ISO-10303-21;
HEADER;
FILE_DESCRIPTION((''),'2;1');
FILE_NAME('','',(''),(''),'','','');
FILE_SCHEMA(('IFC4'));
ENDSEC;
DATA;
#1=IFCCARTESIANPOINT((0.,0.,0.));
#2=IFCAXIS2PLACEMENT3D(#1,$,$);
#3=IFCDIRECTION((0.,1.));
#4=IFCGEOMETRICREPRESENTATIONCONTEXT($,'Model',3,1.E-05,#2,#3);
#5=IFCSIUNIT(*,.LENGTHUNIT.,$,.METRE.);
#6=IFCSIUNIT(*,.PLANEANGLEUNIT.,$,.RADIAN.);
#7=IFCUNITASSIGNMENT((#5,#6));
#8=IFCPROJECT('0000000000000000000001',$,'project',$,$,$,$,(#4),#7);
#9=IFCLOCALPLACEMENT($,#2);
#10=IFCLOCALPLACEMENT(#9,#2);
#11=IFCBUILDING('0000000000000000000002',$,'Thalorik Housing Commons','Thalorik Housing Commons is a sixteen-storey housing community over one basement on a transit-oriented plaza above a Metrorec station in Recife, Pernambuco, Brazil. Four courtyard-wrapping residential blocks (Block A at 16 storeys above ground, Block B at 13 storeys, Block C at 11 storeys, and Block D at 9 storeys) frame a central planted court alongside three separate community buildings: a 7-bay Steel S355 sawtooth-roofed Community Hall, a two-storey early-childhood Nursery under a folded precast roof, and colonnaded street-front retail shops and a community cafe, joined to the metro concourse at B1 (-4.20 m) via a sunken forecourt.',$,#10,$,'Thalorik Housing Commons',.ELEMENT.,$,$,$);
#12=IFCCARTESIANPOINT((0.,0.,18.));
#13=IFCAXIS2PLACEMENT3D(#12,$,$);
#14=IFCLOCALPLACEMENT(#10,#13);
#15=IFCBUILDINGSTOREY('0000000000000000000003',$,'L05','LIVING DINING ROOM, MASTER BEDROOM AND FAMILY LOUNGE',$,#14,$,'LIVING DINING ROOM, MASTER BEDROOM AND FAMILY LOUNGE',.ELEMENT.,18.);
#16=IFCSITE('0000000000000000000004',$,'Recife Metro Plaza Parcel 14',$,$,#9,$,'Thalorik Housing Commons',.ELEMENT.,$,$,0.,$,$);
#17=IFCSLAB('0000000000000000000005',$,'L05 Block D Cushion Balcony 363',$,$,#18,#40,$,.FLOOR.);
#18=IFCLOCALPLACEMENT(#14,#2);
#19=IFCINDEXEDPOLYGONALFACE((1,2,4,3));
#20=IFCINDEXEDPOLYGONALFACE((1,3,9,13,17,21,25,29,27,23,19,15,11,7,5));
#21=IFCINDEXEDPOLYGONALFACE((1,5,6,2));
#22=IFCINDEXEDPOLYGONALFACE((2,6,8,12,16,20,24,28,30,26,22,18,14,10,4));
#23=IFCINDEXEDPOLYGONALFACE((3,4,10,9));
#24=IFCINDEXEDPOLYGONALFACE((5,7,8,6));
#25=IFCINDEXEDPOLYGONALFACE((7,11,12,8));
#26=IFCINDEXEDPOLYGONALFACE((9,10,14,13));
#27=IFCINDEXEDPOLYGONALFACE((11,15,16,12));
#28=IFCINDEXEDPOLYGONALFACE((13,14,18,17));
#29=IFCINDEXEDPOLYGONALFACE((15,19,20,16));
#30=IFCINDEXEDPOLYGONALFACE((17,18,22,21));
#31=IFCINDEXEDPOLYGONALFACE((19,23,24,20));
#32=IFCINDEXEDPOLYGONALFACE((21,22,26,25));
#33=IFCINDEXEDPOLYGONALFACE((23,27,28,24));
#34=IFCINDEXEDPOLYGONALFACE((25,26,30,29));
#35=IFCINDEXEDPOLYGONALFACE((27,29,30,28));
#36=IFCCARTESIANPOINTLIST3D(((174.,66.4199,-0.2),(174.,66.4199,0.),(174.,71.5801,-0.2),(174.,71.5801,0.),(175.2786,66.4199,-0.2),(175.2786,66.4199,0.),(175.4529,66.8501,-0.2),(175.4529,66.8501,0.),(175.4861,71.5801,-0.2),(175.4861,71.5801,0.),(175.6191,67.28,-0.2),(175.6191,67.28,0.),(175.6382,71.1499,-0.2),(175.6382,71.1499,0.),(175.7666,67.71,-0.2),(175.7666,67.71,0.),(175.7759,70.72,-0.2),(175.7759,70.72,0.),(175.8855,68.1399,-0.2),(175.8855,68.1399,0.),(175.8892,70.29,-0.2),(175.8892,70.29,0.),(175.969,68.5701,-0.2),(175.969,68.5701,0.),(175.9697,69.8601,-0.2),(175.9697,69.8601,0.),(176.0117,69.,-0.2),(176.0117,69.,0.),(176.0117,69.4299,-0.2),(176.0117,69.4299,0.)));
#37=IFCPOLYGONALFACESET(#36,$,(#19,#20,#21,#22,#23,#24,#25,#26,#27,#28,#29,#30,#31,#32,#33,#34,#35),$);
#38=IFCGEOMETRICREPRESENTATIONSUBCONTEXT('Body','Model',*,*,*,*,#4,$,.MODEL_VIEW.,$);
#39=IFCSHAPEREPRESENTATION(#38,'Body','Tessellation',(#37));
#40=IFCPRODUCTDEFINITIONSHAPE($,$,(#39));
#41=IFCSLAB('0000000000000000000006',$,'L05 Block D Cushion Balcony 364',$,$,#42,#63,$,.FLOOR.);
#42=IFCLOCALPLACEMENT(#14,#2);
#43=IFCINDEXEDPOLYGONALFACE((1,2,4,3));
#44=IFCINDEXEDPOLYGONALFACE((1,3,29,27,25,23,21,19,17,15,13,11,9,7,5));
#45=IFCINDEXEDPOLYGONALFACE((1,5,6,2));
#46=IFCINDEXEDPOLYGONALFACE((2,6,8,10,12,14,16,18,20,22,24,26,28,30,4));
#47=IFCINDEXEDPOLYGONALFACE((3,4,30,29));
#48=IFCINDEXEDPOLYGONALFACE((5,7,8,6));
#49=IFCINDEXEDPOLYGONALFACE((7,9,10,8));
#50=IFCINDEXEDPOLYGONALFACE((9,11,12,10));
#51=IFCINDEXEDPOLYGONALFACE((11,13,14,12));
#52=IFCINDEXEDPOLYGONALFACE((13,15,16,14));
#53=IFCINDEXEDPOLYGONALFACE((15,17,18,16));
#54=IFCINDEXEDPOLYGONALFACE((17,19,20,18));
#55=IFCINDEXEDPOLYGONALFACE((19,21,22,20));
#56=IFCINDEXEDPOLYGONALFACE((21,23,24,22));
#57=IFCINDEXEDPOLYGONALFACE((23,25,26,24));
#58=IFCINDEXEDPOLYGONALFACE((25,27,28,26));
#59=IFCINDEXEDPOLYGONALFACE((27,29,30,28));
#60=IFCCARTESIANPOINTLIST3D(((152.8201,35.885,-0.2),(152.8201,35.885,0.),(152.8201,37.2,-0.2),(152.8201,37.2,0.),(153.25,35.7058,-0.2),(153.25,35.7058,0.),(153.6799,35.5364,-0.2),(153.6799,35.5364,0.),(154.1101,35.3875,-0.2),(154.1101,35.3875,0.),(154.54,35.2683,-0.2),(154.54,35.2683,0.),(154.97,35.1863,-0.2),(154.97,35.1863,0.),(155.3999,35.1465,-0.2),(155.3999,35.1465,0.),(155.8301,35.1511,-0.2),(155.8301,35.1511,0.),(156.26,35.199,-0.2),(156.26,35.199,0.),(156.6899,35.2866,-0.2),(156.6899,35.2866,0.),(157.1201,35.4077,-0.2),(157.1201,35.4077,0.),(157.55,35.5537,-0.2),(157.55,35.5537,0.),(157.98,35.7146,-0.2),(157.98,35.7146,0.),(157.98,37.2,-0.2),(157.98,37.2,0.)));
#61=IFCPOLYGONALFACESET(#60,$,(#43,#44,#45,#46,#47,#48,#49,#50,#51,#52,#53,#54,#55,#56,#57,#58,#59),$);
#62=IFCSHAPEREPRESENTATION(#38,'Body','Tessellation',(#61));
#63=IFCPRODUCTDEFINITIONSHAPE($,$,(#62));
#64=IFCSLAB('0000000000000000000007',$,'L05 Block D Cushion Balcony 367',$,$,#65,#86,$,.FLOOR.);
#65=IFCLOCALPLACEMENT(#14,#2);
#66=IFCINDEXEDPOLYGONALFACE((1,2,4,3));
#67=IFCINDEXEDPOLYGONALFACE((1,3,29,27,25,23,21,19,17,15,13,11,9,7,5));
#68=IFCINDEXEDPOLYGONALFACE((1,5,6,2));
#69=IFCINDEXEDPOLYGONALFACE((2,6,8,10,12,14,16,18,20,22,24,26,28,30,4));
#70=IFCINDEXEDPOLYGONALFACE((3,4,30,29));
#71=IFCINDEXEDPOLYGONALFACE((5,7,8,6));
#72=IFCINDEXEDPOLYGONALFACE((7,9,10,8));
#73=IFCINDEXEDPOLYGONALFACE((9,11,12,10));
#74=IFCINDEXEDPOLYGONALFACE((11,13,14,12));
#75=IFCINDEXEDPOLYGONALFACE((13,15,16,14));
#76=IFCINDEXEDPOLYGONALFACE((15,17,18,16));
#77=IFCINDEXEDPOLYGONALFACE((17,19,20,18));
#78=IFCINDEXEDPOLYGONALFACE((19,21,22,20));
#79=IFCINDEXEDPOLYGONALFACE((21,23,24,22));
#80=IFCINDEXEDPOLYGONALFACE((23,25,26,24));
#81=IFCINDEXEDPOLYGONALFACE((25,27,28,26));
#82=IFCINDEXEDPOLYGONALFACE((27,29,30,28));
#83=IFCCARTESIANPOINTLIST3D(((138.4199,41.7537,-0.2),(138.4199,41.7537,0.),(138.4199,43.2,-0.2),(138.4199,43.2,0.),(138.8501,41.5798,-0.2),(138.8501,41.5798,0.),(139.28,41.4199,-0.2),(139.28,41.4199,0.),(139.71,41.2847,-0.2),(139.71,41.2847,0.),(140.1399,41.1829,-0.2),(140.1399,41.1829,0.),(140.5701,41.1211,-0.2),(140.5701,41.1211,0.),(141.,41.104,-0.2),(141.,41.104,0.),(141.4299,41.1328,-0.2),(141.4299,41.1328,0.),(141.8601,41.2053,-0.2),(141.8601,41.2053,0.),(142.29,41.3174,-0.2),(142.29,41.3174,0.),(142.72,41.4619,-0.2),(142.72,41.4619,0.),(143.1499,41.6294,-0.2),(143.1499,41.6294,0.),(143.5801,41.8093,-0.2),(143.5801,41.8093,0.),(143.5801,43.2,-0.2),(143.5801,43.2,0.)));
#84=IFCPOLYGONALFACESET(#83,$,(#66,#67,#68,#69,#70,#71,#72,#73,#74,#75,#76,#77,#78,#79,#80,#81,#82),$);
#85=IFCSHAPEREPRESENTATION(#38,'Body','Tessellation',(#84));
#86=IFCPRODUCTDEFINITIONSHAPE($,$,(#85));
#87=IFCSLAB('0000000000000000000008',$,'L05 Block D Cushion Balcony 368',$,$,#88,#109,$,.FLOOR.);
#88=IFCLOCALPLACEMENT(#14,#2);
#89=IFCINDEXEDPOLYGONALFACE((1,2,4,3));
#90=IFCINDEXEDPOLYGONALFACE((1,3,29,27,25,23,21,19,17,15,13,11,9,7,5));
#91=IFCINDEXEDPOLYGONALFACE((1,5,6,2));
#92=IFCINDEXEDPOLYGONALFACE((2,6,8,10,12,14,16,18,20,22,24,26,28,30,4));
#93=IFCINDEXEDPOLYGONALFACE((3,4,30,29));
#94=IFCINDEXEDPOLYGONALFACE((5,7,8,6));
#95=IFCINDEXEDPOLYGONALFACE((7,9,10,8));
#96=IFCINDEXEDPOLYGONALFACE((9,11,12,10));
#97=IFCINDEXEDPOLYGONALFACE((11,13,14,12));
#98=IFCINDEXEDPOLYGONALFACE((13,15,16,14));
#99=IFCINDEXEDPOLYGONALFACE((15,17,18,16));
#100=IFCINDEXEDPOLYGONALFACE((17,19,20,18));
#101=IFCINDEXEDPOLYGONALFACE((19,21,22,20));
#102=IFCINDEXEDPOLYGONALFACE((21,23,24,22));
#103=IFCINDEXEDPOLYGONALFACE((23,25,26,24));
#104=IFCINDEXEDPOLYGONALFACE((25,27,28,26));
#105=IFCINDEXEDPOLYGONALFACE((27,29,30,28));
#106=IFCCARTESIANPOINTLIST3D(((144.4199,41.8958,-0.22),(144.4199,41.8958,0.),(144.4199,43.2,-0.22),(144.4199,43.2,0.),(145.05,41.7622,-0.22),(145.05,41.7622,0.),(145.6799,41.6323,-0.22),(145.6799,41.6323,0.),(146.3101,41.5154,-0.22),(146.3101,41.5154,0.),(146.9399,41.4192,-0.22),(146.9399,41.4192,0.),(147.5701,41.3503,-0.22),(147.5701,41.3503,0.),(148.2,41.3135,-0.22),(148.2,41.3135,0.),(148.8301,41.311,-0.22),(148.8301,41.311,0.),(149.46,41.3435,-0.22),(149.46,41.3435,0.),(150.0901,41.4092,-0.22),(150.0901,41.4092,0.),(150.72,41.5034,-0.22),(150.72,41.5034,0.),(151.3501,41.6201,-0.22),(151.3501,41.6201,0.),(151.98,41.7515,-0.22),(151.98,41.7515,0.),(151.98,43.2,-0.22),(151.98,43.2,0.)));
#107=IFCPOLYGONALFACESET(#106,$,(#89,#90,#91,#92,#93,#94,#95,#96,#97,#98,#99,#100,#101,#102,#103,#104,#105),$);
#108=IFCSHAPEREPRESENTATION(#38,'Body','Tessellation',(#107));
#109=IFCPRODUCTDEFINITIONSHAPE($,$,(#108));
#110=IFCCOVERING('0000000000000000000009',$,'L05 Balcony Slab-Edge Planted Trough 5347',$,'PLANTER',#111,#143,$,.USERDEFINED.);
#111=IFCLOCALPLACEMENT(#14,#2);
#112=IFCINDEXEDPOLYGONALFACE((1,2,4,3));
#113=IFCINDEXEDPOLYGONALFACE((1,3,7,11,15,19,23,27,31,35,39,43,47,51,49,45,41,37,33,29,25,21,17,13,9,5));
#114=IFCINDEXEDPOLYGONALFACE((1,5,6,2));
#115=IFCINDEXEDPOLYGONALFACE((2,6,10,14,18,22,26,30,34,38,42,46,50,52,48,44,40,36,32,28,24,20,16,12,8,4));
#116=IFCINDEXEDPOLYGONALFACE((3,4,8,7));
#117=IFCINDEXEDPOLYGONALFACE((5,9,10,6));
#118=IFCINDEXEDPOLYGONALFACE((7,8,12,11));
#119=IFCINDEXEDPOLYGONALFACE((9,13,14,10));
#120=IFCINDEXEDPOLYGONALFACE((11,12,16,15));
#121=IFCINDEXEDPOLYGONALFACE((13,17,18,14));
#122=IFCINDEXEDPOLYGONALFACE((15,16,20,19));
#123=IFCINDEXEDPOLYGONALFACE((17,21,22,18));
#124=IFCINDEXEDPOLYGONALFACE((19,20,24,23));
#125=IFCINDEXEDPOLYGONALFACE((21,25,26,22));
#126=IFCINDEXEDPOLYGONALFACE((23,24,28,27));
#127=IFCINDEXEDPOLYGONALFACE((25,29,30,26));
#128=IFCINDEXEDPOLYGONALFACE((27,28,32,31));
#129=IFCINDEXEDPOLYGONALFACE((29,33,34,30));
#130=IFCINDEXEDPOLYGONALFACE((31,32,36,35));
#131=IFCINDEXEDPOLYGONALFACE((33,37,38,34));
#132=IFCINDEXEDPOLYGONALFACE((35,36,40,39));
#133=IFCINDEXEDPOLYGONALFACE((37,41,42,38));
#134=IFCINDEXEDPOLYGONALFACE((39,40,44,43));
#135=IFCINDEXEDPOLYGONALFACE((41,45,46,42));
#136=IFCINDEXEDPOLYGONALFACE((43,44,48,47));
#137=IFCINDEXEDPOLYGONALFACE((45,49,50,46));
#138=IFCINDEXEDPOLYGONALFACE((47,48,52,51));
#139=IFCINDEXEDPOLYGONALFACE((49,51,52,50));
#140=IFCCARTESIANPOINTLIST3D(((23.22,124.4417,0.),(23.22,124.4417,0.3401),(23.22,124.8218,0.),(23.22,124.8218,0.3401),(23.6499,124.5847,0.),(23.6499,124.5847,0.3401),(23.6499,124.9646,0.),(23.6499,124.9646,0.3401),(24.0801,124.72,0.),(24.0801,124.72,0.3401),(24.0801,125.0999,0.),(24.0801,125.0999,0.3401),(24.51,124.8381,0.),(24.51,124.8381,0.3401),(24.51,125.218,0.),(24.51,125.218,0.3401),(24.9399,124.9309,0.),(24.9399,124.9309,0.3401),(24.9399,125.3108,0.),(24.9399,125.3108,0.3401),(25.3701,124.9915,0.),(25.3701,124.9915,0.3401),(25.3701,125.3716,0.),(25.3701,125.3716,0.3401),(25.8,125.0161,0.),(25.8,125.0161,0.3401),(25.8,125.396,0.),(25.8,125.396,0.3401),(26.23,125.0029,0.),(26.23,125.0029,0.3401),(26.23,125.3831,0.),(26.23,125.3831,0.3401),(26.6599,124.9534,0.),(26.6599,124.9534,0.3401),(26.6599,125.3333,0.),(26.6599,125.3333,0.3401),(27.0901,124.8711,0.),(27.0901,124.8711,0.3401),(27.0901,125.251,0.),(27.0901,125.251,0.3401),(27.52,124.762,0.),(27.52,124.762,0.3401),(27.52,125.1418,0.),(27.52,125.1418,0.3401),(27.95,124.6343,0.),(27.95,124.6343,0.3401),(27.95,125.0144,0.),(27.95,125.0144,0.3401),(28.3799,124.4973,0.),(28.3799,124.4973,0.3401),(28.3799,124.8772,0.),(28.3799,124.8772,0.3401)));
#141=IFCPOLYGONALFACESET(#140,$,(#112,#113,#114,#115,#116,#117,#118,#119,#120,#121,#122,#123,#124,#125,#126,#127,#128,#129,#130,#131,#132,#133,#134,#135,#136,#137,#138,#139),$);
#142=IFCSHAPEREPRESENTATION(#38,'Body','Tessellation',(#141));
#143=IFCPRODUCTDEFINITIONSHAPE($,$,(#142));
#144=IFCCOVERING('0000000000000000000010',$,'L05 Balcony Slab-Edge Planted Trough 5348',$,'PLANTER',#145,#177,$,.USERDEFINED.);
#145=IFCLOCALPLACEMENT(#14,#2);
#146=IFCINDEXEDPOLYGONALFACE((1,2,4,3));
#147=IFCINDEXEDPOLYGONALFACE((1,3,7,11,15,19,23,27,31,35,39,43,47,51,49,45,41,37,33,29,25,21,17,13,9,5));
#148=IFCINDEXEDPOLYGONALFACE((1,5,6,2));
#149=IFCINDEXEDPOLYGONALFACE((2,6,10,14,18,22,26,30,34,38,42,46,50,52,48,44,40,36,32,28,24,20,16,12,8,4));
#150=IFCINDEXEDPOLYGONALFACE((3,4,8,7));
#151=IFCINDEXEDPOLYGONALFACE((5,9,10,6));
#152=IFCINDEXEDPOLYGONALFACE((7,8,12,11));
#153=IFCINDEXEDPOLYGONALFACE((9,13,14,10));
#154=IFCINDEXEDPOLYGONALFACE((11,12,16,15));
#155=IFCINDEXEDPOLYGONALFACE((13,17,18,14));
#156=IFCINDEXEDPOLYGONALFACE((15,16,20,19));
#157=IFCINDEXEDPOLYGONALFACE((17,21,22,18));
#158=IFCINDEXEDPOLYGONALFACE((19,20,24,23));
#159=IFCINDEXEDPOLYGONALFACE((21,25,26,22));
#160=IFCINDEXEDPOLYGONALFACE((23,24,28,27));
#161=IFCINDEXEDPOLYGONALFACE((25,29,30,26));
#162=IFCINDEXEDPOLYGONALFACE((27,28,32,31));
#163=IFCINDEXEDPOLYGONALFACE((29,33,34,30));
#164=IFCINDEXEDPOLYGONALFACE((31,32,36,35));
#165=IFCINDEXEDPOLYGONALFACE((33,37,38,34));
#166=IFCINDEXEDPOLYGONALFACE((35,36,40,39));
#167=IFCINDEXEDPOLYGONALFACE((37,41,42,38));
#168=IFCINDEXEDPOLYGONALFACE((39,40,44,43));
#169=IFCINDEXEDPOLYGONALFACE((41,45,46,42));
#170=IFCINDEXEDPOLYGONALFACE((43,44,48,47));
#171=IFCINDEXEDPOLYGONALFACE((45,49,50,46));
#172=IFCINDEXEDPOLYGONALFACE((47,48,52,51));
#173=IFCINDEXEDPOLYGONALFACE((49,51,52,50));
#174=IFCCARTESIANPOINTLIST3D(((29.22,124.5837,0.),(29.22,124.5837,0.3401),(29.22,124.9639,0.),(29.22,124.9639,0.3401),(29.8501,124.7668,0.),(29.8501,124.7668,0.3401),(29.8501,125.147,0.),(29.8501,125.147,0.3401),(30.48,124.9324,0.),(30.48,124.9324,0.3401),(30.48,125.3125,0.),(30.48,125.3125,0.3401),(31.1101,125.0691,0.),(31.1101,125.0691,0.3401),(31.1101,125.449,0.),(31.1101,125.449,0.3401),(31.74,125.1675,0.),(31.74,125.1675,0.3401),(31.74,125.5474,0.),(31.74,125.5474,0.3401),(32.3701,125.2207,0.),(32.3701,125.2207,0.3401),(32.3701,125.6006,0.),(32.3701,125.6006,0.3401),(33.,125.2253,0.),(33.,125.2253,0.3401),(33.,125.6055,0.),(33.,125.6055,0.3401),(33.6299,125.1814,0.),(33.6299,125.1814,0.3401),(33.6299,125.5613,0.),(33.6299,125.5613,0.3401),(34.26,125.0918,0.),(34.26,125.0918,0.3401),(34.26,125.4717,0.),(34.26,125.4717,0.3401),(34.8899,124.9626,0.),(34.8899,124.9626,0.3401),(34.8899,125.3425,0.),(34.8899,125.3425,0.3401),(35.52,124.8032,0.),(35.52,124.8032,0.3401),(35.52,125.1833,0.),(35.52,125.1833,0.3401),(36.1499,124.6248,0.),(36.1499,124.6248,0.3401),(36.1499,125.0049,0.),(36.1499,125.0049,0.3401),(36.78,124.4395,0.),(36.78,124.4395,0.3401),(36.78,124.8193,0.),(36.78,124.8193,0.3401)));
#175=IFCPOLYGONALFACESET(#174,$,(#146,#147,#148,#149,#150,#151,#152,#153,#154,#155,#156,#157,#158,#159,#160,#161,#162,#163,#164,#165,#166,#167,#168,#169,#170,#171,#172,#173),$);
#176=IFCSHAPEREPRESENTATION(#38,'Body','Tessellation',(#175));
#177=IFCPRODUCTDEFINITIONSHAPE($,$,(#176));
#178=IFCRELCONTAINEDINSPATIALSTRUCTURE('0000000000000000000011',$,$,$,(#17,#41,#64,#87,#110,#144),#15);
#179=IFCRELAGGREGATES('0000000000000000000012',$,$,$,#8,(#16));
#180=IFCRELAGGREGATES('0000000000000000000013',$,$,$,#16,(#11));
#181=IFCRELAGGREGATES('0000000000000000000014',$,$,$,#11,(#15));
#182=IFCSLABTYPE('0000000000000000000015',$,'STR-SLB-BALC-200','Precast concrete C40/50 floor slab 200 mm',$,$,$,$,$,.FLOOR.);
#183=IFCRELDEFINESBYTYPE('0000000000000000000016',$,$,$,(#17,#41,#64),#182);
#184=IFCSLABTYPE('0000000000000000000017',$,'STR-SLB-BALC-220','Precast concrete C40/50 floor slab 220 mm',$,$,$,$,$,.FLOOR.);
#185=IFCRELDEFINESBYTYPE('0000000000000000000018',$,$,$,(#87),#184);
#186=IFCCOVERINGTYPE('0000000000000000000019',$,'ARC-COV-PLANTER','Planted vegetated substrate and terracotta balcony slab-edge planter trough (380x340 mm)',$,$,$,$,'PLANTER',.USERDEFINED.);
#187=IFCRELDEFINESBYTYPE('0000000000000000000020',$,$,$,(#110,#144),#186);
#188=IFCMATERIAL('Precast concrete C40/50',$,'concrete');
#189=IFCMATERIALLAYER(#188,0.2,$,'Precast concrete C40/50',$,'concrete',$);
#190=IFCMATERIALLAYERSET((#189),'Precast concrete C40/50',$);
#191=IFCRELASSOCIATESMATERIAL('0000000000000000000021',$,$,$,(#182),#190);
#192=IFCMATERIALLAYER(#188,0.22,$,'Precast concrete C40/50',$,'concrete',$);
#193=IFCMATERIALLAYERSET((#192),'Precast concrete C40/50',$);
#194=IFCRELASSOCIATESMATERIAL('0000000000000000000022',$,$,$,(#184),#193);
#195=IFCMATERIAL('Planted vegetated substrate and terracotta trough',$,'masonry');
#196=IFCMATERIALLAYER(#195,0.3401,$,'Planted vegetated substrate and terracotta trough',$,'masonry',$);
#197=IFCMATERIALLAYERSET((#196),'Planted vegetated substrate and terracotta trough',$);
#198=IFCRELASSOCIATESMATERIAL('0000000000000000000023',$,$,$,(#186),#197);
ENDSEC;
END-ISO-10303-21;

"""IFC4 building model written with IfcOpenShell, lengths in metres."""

from ifc_helpers import new_model, si_unit, direction, frame, origin, place, context, subcontext, project, spatial, polyline, outline, extrude, material, layer, layer_set, type_object, element, save


model = new_model("IFC4")

# Units and contexts
model_context = context("Model", 3, precision=1e-05, world=origin(), true_north=direction((0.0, 1.0)))
body_context = subcontext(model_context, "Body", "Model", "MODEL_VIEW")
ifc_project = project(units=[si_unit("LENGTHUNIT", "METRE"), si_unit("PLANEANGLEUNIT", "RADIAN")], contexts=[model_context])

# Site, building, storey
site_placement = place(None, origin())
site = spatial("IfcSite", under=ifc_project, at=site_placement, Name="Recife Metro Plaza Parcel 14", LongName="Thalorik Housing Commons", CompositionType="ELEMENT", RefElevation=0.0)
building_placement = place(site_placement, origin())
building = spatial("IfcBuilding", under=site, at=building_placement, Name="Thalorik Housing Commons", Description="Thalorik Housing Commons is a sixteen-storey housing community over one basement on a transit-oriented plaza above a Metrorec station in Recife, Pernambuco, Brazil. Four courtyard-wrapping residential blocks (Block A at 16 storeys above ground, Block B at 13 storeys, Block C at 11 storeys, and Block D at 9 storeys) frame a central planted court alongside three separate community buildings: a 7-bay Steel S355 sawtooth-roofed Community Hall, a two-storey early-childhood Nursery under a folded precast roof, and colonnaded street-front retail shops and a community cafe, joined to the metro concourse at B1 (-4.20 m) via a sunken forecourt.", LongName="Thalorik Housing Commons", CompositionType="ELEMENT")
storey_placement = place(building_placement, frame((0.0, 0.0, 18.0)))
storey = spatial("IfcBuildingStorey", under=building, at=storey_placement, Name="L05", Description="LIVING DINING ROOM, MASTER BEDROOM AND FAMILY LOUNGE", LongName="LIVING DINING ROOM, MASTER BEDROOM AND FAMILY LOUNGE", CompositionType="ELEMENT", Elevation=18.0)

# Slabs
ifc_material_1 = material(Name="Precast concrete C40/50", Category="concrete")
ifc_layer_1 = layer(ifc_material_1, 0.2, Name="Precast concrete C40/50", Category="concrete")
ifc_layer_set_1 = layer_set([ifc_layer_1], Name="Precast concrete C40/50")
slab_type_1 = type_object("IfcSlabType", Name="STR-SLB-BALC-200", Description="Precast concrete C40/50 floor slab 200 mm", PredefinedType="FLOOR", material=ifc_layer_set_1)
slab_1_placement = place(storey_placement, frame((0.0, 0.0, -0.2)))
element("IfcSlab", 1, at=slab_1_placement, inside=storey, type_object=slab_type_1, Name="L05 Block D Cushion Balcony 363", PredefinedType="FLOOR", context=body_context, shape_type="SweptSolid", body=[
    extrude(outline(polyline([(175.2786, 66.4199), (175.4529, 66.8501), (175.6191, 67.28), (175.7666, 67.71), (175.8855, 68.1399), (175.969, 68.5701), (176.0117, 69.0), (176.0117, 69.4299), (175.9697, 69.8601), (175.8892, 70.29), (175.7759, 70.72), (175.6382, 71.1499), (175.4861, 71.5801), (174.0, 71.5801), (174.0, 66.4199), (175.2786, 66.4199)])), origin(), (0.0, 0.0, 1.0), 0.2),
])
slab_2_placement = place(storey_placement, frame((0.0, 0.0, -0.2)))
element("IfcSlab", 2, at=slab_2_placement, inside=storey, type_object=slab_type_1, Name="L05 Block D Cushion Balcony 364", PredefinedType="FLOOR", context=body_context, shape_type="SweptSolid", body=[
    extrude(outline(polyline([(152.8201, 35.885), (153.25, 35.7058), (153.6799, 35.5364), (154.1101, 35.3875), (154.54, 35.2683), (154.97, 35.1863), (155.3999, 35.1465), (155.8301, 35.1511), (156.26, 35.199), (156.6899, 35.2866), (157.1201, 35.4077), (157.55, 35.5537), (157.98, 35.7146), (157.98, 37.2), (152.8201, 37.2), (152.8201, 35.885)])), origin(), (0.0, 0.0, 1.0), 0.2),
])
slab_3_placement = place(storey_placement, frame((0.0, 0.0, -0.2)))
element("IfcSlab", 3, at=slab_3_placement, inside=storey, type_object=slab_type_1, Name="L05 Block D Cushion Balcony 367", PredefinedType="FLOOR", context=body_context, shape_type="SweptSolid", body=[
    extrude(outline(polyline([(138.4199, 41.7537), (138.8501, 41.5798), (139.28, 41.4199), (139.71, 41.2847), (140.1399, 41.1829), (140.5701, 41.1211), (141.0, 41.104), (141.4299, 41.1328), (141.8601, 41.2053), (142.29, 41.3174), (142.72, 41.4619), (143.1499, 41.6294), (143.5801, 41.8093), (143.5801, 43.2), (138.4199, 43.2), (138.4199, 41.7537)])), origin(), (0.0, 0.0, 1.0), 0.2),
])
ifc_layer_2 = layer(ifc_material_1, 0.22, Name="Precast concrete C40/50", Category="concrete")
ifc_layer_set_2 = layer_set([ifc_layer_2], Name="Precast concrete C40/50")
slab_type_2 = type_object("IfcSlabType", Name="STR-SLB-BALC-220", Description="Precast concrete C40/50 floor slab 220 mm", PredefinedType="FLOOR", material=ifc_layer_set_2)
slab_4_placement = place(storey_placement, frame((0.0, 0.0, -0.22)))
element("IfcSlab", 4, at=slab_4_placement, inside=storey, type_object=slab_type_2, Name="L05 Block D Cushion Balcony 368", PredefinedType="FLOOR", context=body_context, shape_type="SweptSolid", body=[
    extrude(outline(polyline([(144.4199, 41.8958), (145.05, 41.7622), (145.6799, 41.6323), (146.3101, 41.5154), (146.9399, 41.4192), (147.5701, 41.3503), (148.2, 41.3135), (148.8301, 41.311), (149.46, 41.3435), (150.0901, 41.4092), (150.72, 41.5034), (151.3501, 41.6201), (151.98, 41.7515), (151.98, 43.2), (144.4199, 43.2), (144.4199, 41.8958)])), origin(), (0.0, 0.0, 1.0), 0.22),
])

# Coverings
ifc_material_2 = material(Name="Planted vegetated substrate and terracotta trough", Category="masonry")
ifc_layer_3 = layer(ifc_material_2, 0.3401, Name="Planted vegetated substrate and terracotta trough", Category="masonry")
ifc_layer_set_3 = layer_set([ifc_layer_3], Name="Planted vegetated substrate and terracotta trough")
covering_type = type_object("IfcCoveringType", Name="ARC-COV-PLANTER", Description="Planted vegetated substrate and terracotta balcony slab-edge planter trough (380x340 mm)", ElementType="PLANTER", PredefinedType="USERDEFINED", material=ifc_layer_set_3)
covering_1_placement = place(storey_placement, origin())
element("IfcCovering", 5, at=covering_1_placement, inside=storey, type_object=covering_type, Name="L05 Balcony Slab-Edge Planted Trough 5347", ObjectType="PLANTER", PredefinedType="USERDEFINED", context=body_context, shape_type="SweptSolid", body=[
    extrude(outline(polyline([(28.3799, 124.8772), (27.95, 125.0144), (27.52, 125.1418), (27.0901, 125.251), (26.6599, 125.3333), (26.23, 125.3831), (25.8, 125.396), (25.3701, 125.3716), (24.9399, 125.3108), (24.51, 125.218), (24.0801, 125.0999), (23.6499, 124.9646), (23.22, 124.8218), (23.22, 124.4417), (23.6499, 124.5847), (24.0801, 124.72), (24.51, 124.8381), (24.9399, 124.9309), (25.3701, 124.9915), (25.8, 125.0161), (26.23, 125.0029), (26.6599, 124.9534), (27.0901, 124.8711), (27.52, 124.762), (27.95, 124.6343), (28.3799, 124.4973), (28.3799, 124.8772)])), origin(), (0.0, 0.0, 1.0), 0.3401),
])
covering_2_placement = place(storey_placement, origin())
element("IfcCovering", 6, at=covering_2_placement, inside=storey, type_object=covering_type, Name="L05 Balcony Slab-Edge Planted Trough 5348", ObjectType="PLANTER", PredefinedType="USERDEFINED", context=body_context, shape_type="SweptSolid", body=[
    extrude(outline(polyline([(36.78, 124.8193), (36.1499, 125.0049), (35.52, 125.1833), (34.8899, 125.3425), (34.26, 125.4717), (33.6299, 125.5613), (33.0, 125.6055), (32.3701, 125.6006), (31.74, 125.5474), (31.1101, 125.449), (30.48, 125.3125), (29.8501, 125.147), (29.22, 124.9639), (29.22, 124.5837), (29.8501, 124.7668), (30.48, 124.9324), (31.1101, 125.0691), (31.74, 125.1675), (32.3701, 125.2207), (33.0, 125.2253), (33.6299, 125.1814), (34.26, 125.0918), (34.8899, 124.9626), (35.52, 124.8032), (36.1499, 124.6248), (36.78, 124.4395), (36.78, 124.8193)])), origin(), (0.0, 0.0, 1.0), 0.3401),
])

save(model, "model.ifc")
